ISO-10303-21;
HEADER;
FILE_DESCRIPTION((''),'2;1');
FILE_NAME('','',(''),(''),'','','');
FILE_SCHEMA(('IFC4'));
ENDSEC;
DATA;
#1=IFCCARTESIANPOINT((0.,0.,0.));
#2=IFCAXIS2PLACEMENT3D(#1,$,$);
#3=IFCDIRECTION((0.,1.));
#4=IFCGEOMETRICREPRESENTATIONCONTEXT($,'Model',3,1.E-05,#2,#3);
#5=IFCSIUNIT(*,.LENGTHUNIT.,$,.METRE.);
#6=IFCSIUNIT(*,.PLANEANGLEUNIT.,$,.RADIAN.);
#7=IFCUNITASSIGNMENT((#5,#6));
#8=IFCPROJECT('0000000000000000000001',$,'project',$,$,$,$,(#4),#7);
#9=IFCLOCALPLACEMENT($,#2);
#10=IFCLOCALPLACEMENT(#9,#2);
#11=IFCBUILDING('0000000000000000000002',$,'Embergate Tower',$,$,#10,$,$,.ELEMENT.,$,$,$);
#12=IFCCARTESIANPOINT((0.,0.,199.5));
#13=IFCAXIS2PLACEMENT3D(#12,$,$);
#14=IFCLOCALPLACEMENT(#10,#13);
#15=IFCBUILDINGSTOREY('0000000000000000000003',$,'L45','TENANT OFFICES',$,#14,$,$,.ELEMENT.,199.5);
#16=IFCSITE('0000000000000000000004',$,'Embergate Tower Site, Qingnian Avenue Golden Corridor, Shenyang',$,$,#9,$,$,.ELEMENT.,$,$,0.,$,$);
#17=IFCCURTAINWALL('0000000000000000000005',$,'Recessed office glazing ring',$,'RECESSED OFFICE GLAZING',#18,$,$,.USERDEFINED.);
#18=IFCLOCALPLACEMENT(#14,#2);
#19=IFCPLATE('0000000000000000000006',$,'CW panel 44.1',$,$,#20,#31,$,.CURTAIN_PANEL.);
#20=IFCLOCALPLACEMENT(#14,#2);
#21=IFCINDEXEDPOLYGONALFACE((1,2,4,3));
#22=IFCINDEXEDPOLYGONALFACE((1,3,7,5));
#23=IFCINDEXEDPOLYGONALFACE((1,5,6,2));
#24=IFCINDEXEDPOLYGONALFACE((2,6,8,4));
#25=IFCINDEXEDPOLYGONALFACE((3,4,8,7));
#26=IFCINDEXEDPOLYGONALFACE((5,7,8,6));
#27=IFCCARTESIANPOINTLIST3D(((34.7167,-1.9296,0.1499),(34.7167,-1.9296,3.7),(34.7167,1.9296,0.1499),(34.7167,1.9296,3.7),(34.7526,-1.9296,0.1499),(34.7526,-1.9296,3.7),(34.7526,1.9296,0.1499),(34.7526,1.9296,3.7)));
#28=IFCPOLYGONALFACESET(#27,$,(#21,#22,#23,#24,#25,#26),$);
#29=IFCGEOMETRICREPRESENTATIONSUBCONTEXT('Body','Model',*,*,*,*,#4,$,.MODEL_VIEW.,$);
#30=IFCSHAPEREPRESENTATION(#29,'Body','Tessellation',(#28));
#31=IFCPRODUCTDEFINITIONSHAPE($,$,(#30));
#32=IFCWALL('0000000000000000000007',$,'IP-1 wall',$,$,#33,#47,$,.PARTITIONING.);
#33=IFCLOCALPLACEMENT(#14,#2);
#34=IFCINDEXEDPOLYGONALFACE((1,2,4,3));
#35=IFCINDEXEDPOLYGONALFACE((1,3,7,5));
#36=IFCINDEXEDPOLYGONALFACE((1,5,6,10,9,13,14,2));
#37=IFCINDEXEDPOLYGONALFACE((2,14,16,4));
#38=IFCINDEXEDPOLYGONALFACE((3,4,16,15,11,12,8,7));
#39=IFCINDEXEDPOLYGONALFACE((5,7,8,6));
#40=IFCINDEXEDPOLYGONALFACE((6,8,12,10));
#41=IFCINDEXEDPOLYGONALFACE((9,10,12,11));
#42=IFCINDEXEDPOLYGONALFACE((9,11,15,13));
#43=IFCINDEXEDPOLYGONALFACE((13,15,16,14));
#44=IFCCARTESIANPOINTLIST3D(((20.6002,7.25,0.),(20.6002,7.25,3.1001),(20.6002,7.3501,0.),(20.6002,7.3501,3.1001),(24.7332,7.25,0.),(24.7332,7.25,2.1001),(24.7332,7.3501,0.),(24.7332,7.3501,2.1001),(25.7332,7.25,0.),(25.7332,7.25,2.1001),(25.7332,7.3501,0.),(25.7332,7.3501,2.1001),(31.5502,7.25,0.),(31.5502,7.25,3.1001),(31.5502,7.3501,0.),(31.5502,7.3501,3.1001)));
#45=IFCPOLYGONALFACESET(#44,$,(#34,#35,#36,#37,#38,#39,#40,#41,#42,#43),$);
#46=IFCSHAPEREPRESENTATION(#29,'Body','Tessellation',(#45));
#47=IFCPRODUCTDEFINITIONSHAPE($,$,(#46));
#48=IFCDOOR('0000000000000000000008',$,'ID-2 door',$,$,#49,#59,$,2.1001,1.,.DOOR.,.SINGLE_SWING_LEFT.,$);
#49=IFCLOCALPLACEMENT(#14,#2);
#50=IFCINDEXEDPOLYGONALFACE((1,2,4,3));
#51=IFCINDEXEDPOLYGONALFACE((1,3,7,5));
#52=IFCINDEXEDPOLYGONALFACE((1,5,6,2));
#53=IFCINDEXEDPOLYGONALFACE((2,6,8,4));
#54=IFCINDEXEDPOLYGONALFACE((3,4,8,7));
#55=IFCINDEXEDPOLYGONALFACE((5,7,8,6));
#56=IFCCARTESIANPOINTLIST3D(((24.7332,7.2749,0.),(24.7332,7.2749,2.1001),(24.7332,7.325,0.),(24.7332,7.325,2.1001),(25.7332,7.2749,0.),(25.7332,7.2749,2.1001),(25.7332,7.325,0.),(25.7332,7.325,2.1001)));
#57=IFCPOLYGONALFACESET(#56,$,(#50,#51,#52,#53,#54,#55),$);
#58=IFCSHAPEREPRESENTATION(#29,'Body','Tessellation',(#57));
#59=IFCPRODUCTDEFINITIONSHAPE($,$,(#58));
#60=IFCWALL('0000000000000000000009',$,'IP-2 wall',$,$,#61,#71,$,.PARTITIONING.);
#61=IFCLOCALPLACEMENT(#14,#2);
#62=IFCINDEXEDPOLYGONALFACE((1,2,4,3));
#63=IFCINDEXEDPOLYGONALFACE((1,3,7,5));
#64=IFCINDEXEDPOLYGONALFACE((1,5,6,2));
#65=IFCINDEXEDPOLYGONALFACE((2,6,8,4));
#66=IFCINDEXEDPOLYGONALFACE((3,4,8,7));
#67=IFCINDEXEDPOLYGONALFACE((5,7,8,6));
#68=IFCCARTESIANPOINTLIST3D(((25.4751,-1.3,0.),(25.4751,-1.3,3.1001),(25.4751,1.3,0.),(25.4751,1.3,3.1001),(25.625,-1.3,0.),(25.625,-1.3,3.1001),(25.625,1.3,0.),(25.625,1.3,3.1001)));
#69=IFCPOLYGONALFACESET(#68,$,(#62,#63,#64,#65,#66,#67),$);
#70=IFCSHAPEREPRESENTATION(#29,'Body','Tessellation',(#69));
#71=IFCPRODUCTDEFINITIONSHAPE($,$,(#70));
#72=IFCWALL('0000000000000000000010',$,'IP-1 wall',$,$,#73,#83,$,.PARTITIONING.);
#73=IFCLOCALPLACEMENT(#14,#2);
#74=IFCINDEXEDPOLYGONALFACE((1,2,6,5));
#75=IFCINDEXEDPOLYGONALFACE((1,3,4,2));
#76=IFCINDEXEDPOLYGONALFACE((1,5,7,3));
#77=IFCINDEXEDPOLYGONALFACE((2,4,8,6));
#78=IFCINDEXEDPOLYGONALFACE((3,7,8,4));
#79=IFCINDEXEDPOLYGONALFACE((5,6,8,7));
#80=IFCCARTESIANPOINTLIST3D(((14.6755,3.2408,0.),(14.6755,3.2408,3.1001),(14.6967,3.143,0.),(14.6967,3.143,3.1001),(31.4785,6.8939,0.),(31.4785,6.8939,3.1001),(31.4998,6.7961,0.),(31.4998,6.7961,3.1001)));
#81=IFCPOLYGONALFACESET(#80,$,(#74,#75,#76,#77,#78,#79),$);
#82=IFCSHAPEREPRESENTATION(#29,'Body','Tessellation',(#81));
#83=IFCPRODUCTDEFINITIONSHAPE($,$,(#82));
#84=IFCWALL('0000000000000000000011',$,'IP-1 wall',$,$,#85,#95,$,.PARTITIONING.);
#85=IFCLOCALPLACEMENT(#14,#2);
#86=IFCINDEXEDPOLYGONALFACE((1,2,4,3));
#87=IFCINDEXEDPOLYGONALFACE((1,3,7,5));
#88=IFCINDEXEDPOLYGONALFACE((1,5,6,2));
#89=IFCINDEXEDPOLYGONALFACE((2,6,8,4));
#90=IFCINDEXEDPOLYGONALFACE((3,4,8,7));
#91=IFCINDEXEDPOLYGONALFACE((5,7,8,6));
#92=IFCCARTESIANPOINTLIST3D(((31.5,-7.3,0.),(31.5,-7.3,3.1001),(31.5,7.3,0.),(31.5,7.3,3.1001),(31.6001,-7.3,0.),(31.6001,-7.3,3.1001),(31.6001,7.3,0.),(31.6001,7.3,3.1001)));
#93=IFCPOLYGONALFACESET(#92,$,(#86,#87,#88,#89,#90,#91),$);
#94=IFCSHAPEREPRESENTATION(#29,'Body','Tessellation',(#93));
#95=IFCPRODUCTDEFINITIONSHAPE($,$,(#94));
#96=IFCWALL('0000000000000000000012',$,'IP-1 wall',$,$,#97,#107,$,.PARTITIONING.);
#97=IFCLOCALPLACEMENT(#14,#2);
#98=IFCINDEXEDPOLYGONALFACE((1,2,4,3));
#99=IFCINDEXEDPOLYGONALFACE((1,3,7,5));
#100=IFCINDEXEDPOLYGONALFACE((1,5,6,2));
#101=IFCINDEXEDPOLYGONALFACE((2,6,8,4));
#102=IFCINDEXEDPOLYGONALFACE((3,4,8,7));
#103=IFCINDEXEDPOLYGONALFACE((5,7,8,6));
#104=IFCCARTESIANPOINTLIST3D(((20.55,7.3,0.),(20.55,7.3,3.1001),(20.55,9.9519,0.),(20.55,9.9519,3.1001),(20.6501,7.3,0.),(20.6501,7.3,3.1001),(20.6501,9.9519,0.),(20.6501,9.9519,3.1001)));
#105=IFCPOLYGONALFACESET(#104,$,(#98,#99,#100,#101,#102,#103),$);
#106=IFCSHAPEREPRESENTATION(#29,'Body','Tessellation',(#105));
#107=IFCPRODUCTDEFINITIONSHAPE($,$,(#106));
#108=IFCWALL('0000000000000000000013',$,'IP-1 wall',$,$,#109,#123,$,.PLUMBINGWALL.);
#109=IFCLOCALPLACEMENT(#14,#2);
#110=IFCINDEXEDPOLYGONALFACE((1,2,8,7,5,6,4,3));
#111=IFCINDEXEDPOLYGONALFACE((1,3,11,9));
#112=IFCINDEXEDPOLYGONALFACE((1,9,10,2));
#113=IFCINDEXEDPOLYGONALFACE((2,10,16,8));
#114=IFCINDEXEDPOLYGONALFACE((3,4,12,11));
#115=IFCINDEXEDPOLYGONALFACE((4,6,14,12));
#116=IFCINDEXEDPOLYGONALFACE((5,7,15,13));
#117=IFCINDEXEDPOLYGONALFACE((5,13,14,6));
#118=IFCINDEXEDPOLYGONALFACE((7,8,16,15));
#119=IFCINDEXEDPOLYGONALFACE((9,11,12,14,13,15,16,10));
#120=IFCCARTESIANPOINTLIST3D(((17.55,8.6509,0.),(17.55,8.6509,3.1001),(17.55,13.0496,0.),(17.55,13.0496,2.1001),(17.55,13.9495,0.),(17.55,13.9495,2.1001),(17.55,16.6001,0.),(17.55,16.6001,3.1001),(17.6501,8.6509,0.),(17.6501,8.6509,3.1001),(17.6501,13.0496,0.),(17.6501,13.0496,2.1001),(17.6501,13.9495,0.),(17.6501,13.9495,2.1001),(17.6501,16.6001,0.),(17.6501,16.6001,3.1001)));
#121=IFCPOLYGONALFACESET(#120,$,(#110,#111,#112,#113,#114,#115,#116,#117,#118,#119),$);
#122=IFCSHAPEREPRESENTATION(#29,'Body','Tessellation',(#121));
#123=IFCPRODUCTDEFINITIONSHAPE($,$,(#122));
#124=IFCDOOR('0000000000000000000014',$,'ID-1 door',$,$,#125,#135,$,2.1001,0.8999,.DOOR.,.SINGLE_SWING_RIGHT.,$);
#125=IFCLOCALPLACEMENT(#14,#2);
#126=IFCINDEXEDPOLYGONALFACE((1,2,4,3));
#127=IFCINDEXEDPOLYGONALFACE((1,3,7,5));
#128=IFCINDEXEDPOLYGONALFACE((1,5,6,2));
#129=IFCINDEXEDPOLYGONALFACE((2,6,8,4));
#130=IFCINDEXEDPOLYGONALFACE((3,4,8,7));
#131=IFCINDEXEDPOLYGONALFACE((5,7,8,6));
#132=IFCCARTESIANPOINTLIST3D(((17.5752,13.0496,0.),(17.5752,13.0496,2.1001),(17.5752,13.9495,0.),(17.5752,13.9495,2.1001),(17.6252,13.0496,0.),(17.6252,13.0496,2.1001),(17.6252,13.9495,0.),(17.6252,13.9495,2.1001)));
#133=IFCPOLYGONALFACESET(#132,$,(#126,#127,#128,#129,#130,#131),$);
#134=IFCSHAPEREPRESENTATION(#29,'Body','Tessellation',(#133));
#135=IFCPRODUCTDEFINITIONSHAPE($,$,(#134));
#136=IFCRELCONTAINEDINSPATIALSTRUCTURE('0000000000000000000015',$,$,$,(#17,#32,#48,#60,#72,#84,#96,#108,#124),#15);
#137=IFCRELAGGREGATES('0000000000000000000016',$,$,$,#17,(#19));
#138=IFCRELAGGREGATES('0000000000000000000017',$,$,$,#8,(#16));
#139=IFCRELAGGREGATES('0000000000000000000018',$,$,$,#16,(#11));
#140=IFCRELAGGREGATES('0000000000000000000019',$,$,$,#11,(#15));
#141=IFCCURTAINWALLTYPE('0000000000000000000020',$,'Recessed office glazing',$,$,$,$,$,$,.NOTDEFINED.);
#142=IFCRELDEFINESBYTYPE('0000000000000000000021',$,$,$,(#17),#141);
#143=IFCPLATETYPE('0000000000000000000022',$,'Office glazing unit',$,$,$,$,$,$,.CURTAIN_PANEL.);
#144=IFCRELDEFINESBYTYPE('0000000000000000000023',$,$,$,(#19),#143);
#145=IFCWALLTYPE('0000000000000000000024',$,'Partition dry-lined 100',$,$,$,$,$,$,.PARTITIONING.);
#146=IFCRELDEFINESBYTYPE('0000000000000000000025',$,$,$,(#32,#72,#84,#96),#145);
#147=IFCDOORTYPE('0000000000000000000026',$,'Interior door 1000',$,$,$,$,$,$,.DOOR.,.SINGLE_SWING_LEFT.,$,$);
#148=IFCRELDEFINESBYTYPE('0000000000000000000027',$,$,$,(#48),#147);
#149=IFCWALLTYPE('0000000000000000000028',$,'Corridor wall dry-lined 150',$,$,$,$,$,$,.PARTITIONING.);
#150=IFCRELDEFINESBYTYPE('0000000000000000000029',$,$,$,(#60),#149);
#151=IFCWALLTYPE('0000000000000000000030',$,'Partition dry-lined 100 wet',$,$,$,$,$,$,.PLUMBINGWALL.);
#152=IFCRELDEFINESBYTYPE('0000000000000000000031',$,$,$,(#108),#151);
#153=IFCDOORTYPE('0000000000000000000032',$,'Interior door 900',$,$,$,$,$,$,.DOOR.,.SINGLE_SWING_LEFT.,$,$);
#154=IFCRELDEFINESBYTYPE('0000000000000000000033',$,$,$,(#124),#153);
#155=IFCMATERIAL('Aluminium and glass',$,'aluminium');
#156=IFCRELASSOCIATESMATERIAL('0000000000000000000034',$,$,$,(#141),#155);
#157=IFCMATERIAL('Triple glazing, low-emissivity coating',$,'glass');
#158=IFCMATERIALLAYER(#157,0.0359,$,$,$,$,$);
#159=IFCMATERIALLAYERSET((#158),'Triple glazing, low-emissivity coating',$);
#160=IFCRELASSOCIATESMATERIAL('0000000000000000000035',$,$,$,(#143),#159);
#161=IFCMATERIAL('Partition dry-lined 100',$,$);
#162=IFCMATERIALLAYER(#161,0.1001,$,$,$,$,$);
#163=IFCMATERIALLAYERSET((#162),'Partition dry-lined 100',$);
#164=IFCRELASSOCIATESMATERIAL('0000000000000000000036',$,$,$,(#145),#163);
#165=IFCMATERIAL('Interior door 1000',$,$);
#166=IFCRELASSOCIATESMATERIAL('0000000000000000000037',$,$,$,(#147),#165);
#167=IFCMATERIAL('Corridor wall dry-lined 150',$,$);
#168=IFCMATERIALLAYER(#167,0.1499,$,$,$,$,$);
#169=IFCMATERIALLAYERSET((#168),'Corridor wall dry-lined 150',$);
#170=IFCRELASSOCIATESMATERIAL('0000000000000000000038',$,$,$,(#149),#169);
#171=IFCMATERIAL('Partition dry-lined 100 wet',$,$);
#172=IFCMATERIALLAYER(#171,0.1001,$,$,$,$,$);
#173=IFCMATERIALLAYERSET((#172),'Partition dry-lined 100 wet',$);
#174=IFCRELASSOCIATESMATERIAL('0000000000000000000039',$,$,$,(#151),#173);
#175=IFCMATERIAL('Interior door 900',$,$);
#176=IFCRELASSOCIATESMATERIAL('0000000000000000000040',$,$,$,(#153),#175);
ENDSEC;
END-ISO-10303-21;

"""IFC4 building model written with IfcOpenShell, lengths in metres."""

from ifc_helpers import new_model, si_unit, direction, frame, frame_2d, origin, origin_2d, place, context, subcontext, project, spatial, rectangle, extrude, source, transform, mapped, material, layer, layer_set, type_object, element, fill, aggregate, save


model = new_model("IFC4")

# Units and contexts
model_context = context("Model", 3, precision=1e-05, world=origin(), true_north=direction((0.0, 1.0)))
body_context = subcontext(model_context, "Body", "Model", "MODEL_VIEW")
ifc_project = project(units=[si_unit("LENGTHUNIT", "METRE"), si_unit("PLANEANGLEUNIT", "RADIAN")], contexts=[model_context])

# Site, building, storey
site_placement = place(None, origin())
site = spatial("IfcSite", under=ifc_project, at=site_placement, Name="Embergate Tower Site, Qingnian Avenue Golden Corridor, Shenyang", CompositionType="ELEMENT", RefElevation=0.0)
building_placement = place(site_placement, origin())
building = spatial("IfcBuilding", under=site, at=building_placement, Name="Embergate Tower", CompositionType="ELEMENT")
storey_placement = place(building_placement, frame((0.0, 0.0, 199.5)))
storey = spatial("IfcBuildingStorey", under=building, at=storey_placement, Name="L45", Description="TENANT OFFICES", CompositionType="ELEMENT", Elevation=199.5)

# Curtain wall, plate
ifc_material_1 = material(Name="Aluminium and glass", Category="aluminium")
curtain_wall_type = type_object("IfcCurtainWallType", Name="Recessed office glazing", PredefinedType="NOTDEFINED", material=ifc_material_1)
curtain_wall_placement = place(storey_placement, origin())
curtain_wall = element("IfcCurtainWall", 1, at=curtain_wall_placement, inside=storey, type_object=curtain_wall_type, Name="Recessed office glazing ring", ObjectType="RECESSED OFFICE GLAZING", PredefinedType="USERDEFINED")
ifc_material_2 = material(Name="Triple glazing, low-emissivity coating", Category="glass")
ifc_layer_1 = layer(ifc_material_2, 0.0359)
ifc_layer_set_1 = layer_set([ifc_layer_1], Name="Triple glazing, low-emissivity coating")
plate_type = type_object("IfcPlateType", Name="Office glazing unit", PredefinedType="CURTAIN_PANEL", material=ifc_layer_set_1)
shared_shape_1 = source(origin(), body_context, "Body", "SweptSolid", [
    extrude(rectangle(XDim=3.8591, YDim=0.0359, at=origin_2d()), origin(), (0.0, 0.0, 1.0), 3.55),
])
plate_1_placement = place(storey_placement, frame((34.7346, 0.0, 0.1499), z_axis=(0.0, 0.0, 1.0), x_axis=(0.0, 1.0, 0.0)))
plate_1 = element("IfcPlate", 2, at=plate_1_placement, type_object=plate_type, Name="CW panel 44.1", PredefinedType="CURTAIN_PANEL", context=body_context, shape_type="MappedRepresentation", body=[
    mapped(shared_shape_1, transform((0.0, 0.0, 0.0))),
])
aggregate(curtain_wall, [plate_1])

# Wall, opening, door
ifc_material_3 = material(Name="Partition dry-lined 100")
ifc_layer_2 = layer(ifc_material_3, 0.1001)
ifc_layer_set_2 = layer_set([ifc_layer_2], Name="Partition dry-lined 100")
wall_type_1 = type_object("IfcWallType", Name="Partition dry-lined 100", PredefinedType="PARTITIONING", material=ifc_layer_set_2)
shared_shape_2 = source(origin(), body_context, "Body", "SweptSolid", [
    extrude(rectangle(XDim=10.95, YDim=0.1001, at=frame_2d((5.4751, 0.0))), origin(), (0.0, 0.0, 1.0), 3.1001),
])
wall_1_placement = place(storey_placement, frame((20.6001, 7.3, 0.0), z_axis=(0.0, 0.0, 1.0), x_axis=(1.0, 0.0, 0.0)))
wall_1 = element("IfcWall", 3, at=wall_1_placement, inside=storey, type_object=wall_type_1, Name="IP-1 wall", PredefinedType="PARTITIONING", context=body_context, shape_type="MappedRepresentation", body=[
    mapped(shared_shape_2, transform((0.0, 0.0, 0.0))),
])
shared_shape_3 = source(origin(), body_context, "Body", "SweptSolid", [
    extrude(rectangle(XDim=1.0, YDim=2.1001, at=frame_2d((0.5, 1.05))), frame((0.0, 0.0601, 0.0), z_axis=(0.0, -1.0, 0.0), x_axis=(1.0, 0.0, 0.0)), (0.0, 0.0, 1.0), 0.1201),
])
opening_1_placement = place(wall_1_placement, frame((4.1331, 0.0, 0.0)))
opening_1 = element("IfcOpeningElement", 4, at=opening_1_placement, cuts=wall_1, PredefinedType="OPENING", context=body_context, shape_type="MappedRepresentation", body=[
    mapped(shared_shape_3, transform((0.0, 0.0, 0.0))),
])
ifc_material_4 = material(Name="Interior door 1000")
door_type_1 = type_object("IfcDoorType", Name="Interior door 1000", OperationType="SINGLE_SWING_LEFT", PredefinedType="DOOR", material=ifc_material_4)
shared_shape_4 = source(origin(), body_context, "Body", "SweptSolid", [
    extrude(rectangle(XDim=1.0, YDim=2.1001, at=frame_2d((0.5, 1.05))), frame((0.0, 0.0249, 0.0), z_axis=(0.0, -1.0, 0.0), x_axis=(1.0, 0.0, 0.0)), (0.0, 0.0, 1.0), 0.05),
])
door_1_placement = place(opening_1_placement, origin())
door_1 = element("IfcDoor", 5, at=door_1_placement, inside=storey, type_object=door_type_1, Name="ID-2 door", OperationType="SINGLE_SWING_LEFT", OverallHeight=2.1001, OverallWidth=1.0, PredefinedType="DOOR", context=body_context, shape_type="MappedRepresentation", body=[
    mapped(shared_shape_4, transform((0.0, 0.0, 0.0))),
])
fill(opening_1, door_1)

# Walls
ifc_material_5 = material(Name="Corridor wall dry-lined 150")
ifc_layer_3 = layer(ifc_material_5, 0.1499)
ifc_layer_set_3 = layer_set([ifc_layer_3], Name="Corridor wall dry-lined 150")
wall_type_2 = type_object("IfcWallType", Name="Corridor wall dry-lined 150", PredefinedType="PARTITIONING", material=ifc_layer_set_3)
shared_shape_5 = source(origin(), body_context, "Body", "SweptSolid", [
    extrude(rectangle(XDim=2.6001, YDim=0.1499, at=frame_2d((1.3, 0.0))), origin(), (0.0, 0.0, 1.0), 3.1001),
])
wall_2_placement = place(storey_placement, frame((25.55, 1.3, 0.0), z_axis=(0.0, 0.0, 1.0), x_axis=(0.0, -1.0, 0.0)))
element("IfcWall", 6, at=wall_2_placement, inside=storey, type_object=wall_type_2, Name="IP-2 wall", PredefinedType="PARTITIONING", context=body_context, shape_type="MappedRepresentation", body=[
    mapped(shared_shape_5, transform((0.0, 0.0, 0.0))),
])
shared_shape_6 = source(origin(), body_context, "Body", "SweptSolid", [
    extrude(rectangle(XDim=17.1956, YDim=0.1001, at=frame_2d((8.5977, 0.0))), origin(), (0.0, 0.0, 1.0), 3.1001),
])
wall_3_placement = place(storey_placement, frame((31.489, 6.845, 0.0), z_axis=(0.0, 0.0, 1.0), x_axis=(-0.977173, -0.212444, 0.0)))
element("IfcWall", 7, at=wall_3_placement, inside=storey, type_object=wall_type_1, Name="IP-1 wall", PredefinedType="PARTITIONING", context=body_context, shape_type="MappedRepresentation", body=[
    mapped(shared_shape_6, transform((0.0, 0.0, 0.0))),
])
shared_shape_7 = source(origin(), body_context, "Body", "SweptSolid", [
    extrude(rectangle(XDim=14.6001, YDim=0.1001, at=frame_2d((7.3, 0.0))), origin(), (0.0, 0.0, 1.0), 3.1001),
])
wall_4_placement = place(storey_placement, frame((31.55, 7.3, 0.0), z_axis=(0.0, 0.0, 1.0), x_axis=(0.0, -1.0, 0.0)))
element("IfcWall", 8, at=wall_4_placement, inside=storey, type_object=wall_type_1, Name="IP-1 wall", PredefinedType="PARTITIONING", context=body_context, shape_type="MappedRepresentation", body=[
    mapped(shared_shape_7, transform((0.0, 0.0, 0.0))),
])
shared_shape_8 = source(origin(), body_context, "Body", "SweptSolid", [
    extrude(rectangle(XDim=2.6519, YDim=0.1001, at=frame_2d((1.3259, 0.0))), origin(), (0.0, 0.0, 1.0), 3.1001),
])
wall_5_placement = place(storey_placement, frame((20.6001, 9.9519, 0.0), z_axis=(0.0, 0.0, 1.0), x_axis=(0.0, -1.0, 0.0)))
element("IfcWall", 9, at=wall_5_placement, inside=storey, type_object=wall_type_1, Name="IP-1 wall", PredefinedType="PARTITIONING", context=body_context, shape_type="MappedRepresentation", body=[
    mapped(shared_shape_8, transform((0.0, 0.0, 0.0))),
])

# Wall, opening, door
ifc_material_6 = material(Name="Partition dry-lined 100 wet")
ifc_layer_4 = layer(ifc_material_6, 0.1001)
ifc_layer_set_4 = layer_set([ifc_layer_4], Name="Partition dry-lined 100 wet")
wall_type_3 = type_object("IfcWallType", Name="Partition dry-lined 100 wet", PredefinedType="PLUMBINGWALL", material=ifc_layer_set_4)
shared_shape_9 = source(origin(), body_context, "Body", "SweptSolid", [
    extrude(rectangle(XDim=7.9492, YDim=0.1001, at=frame_2d((3.9746, 0.0))), origin(), (0.0, 0.0, 1.0), 3.1001),
])
wall_6_placement = place(storey_placement, frame((17.6001, 8.6509, 0.0), z_axis=(0.0, 0.0, 1.0), x_axis=(0.0, 1.0, 0.0)))
wall_6 = element("IfcWall", 10, at=wall_6_placement, inside=storey, type_object=wall_type_3, Name="IP-1 wall", PredefinedType="PLUMBINGWALL", context=body_context, shape_type="MappedRepresentation", body=[
    mapped(shared_shape_9, transform((0.0, 0.0, 0.0))),
])
shared_shape_10 = source(origin(), body_context, "Body", "SweptSolid", [
    extrude(rectangle(XDim=0.8999, YDim=2.1001, at=frame_2d((0.45, 1.05))), frame((0.0, 0.0601, 0.0), z_axis=(0.0, -1.0, 0.0), x_axis=(1.0, 0.0, 0.0)), (0.0, 0.0, 1.0), 0.1201),
])
opening_2_placement = place(wall_6_placement, frame((4.3987, 0.0, 0.0)))
opening_2 = element("IfcOpeningElement", 11, at=opening_2_placement, cuts=wall_6, PredefinedType="OPENING", context=body_context, shape_type="MappedRepresentation", body=[
    mapped(shared_shape_10, transform((0.0, 0.0, 0.0))),
])
ifc_material_7 = material(Name="Interior door 900")
door_type_2 = type_object("IfcDoorType", Name="Interior door 900", OperationType="SINGLE_SWING_LEFT", PredefinedType="DOOR", material=ifc_material_7)
shared_shape_11 = source(origin(), body_context, "Body", "SweptSolid", [
    extrude(rectangle(XDim=0.8999, YDim=2.1001, at=frame_2d((0.45, 1.05))), frame((0.0, 0.0249, 0.0), z_axis=(0.0, -1.0, 0.0), x_axis=(1.0, 0.0, 0.0)), (0.0, 0.0, 1.0), 0.05),
])
door_2_placement = place(opening_2_placement, origin())
door_2 = element("IfcDoor", 12, at=door_2_placement, inside=storey, type_object=door_type_2, Name="ID-1 door", OperationType="SINGLE_SWING_RIGHT", OverallHeight=2.1001, OverallWidth=0.8999, PredefinedType="DOOR", context=body_context, shape_type="MappedRepresentation", body=[
    mapped(shared_shape_11, transform((0.0, 0.0, 0.0))),
])
fill(opening_2, door_2)

save(model, "model.ifc")
